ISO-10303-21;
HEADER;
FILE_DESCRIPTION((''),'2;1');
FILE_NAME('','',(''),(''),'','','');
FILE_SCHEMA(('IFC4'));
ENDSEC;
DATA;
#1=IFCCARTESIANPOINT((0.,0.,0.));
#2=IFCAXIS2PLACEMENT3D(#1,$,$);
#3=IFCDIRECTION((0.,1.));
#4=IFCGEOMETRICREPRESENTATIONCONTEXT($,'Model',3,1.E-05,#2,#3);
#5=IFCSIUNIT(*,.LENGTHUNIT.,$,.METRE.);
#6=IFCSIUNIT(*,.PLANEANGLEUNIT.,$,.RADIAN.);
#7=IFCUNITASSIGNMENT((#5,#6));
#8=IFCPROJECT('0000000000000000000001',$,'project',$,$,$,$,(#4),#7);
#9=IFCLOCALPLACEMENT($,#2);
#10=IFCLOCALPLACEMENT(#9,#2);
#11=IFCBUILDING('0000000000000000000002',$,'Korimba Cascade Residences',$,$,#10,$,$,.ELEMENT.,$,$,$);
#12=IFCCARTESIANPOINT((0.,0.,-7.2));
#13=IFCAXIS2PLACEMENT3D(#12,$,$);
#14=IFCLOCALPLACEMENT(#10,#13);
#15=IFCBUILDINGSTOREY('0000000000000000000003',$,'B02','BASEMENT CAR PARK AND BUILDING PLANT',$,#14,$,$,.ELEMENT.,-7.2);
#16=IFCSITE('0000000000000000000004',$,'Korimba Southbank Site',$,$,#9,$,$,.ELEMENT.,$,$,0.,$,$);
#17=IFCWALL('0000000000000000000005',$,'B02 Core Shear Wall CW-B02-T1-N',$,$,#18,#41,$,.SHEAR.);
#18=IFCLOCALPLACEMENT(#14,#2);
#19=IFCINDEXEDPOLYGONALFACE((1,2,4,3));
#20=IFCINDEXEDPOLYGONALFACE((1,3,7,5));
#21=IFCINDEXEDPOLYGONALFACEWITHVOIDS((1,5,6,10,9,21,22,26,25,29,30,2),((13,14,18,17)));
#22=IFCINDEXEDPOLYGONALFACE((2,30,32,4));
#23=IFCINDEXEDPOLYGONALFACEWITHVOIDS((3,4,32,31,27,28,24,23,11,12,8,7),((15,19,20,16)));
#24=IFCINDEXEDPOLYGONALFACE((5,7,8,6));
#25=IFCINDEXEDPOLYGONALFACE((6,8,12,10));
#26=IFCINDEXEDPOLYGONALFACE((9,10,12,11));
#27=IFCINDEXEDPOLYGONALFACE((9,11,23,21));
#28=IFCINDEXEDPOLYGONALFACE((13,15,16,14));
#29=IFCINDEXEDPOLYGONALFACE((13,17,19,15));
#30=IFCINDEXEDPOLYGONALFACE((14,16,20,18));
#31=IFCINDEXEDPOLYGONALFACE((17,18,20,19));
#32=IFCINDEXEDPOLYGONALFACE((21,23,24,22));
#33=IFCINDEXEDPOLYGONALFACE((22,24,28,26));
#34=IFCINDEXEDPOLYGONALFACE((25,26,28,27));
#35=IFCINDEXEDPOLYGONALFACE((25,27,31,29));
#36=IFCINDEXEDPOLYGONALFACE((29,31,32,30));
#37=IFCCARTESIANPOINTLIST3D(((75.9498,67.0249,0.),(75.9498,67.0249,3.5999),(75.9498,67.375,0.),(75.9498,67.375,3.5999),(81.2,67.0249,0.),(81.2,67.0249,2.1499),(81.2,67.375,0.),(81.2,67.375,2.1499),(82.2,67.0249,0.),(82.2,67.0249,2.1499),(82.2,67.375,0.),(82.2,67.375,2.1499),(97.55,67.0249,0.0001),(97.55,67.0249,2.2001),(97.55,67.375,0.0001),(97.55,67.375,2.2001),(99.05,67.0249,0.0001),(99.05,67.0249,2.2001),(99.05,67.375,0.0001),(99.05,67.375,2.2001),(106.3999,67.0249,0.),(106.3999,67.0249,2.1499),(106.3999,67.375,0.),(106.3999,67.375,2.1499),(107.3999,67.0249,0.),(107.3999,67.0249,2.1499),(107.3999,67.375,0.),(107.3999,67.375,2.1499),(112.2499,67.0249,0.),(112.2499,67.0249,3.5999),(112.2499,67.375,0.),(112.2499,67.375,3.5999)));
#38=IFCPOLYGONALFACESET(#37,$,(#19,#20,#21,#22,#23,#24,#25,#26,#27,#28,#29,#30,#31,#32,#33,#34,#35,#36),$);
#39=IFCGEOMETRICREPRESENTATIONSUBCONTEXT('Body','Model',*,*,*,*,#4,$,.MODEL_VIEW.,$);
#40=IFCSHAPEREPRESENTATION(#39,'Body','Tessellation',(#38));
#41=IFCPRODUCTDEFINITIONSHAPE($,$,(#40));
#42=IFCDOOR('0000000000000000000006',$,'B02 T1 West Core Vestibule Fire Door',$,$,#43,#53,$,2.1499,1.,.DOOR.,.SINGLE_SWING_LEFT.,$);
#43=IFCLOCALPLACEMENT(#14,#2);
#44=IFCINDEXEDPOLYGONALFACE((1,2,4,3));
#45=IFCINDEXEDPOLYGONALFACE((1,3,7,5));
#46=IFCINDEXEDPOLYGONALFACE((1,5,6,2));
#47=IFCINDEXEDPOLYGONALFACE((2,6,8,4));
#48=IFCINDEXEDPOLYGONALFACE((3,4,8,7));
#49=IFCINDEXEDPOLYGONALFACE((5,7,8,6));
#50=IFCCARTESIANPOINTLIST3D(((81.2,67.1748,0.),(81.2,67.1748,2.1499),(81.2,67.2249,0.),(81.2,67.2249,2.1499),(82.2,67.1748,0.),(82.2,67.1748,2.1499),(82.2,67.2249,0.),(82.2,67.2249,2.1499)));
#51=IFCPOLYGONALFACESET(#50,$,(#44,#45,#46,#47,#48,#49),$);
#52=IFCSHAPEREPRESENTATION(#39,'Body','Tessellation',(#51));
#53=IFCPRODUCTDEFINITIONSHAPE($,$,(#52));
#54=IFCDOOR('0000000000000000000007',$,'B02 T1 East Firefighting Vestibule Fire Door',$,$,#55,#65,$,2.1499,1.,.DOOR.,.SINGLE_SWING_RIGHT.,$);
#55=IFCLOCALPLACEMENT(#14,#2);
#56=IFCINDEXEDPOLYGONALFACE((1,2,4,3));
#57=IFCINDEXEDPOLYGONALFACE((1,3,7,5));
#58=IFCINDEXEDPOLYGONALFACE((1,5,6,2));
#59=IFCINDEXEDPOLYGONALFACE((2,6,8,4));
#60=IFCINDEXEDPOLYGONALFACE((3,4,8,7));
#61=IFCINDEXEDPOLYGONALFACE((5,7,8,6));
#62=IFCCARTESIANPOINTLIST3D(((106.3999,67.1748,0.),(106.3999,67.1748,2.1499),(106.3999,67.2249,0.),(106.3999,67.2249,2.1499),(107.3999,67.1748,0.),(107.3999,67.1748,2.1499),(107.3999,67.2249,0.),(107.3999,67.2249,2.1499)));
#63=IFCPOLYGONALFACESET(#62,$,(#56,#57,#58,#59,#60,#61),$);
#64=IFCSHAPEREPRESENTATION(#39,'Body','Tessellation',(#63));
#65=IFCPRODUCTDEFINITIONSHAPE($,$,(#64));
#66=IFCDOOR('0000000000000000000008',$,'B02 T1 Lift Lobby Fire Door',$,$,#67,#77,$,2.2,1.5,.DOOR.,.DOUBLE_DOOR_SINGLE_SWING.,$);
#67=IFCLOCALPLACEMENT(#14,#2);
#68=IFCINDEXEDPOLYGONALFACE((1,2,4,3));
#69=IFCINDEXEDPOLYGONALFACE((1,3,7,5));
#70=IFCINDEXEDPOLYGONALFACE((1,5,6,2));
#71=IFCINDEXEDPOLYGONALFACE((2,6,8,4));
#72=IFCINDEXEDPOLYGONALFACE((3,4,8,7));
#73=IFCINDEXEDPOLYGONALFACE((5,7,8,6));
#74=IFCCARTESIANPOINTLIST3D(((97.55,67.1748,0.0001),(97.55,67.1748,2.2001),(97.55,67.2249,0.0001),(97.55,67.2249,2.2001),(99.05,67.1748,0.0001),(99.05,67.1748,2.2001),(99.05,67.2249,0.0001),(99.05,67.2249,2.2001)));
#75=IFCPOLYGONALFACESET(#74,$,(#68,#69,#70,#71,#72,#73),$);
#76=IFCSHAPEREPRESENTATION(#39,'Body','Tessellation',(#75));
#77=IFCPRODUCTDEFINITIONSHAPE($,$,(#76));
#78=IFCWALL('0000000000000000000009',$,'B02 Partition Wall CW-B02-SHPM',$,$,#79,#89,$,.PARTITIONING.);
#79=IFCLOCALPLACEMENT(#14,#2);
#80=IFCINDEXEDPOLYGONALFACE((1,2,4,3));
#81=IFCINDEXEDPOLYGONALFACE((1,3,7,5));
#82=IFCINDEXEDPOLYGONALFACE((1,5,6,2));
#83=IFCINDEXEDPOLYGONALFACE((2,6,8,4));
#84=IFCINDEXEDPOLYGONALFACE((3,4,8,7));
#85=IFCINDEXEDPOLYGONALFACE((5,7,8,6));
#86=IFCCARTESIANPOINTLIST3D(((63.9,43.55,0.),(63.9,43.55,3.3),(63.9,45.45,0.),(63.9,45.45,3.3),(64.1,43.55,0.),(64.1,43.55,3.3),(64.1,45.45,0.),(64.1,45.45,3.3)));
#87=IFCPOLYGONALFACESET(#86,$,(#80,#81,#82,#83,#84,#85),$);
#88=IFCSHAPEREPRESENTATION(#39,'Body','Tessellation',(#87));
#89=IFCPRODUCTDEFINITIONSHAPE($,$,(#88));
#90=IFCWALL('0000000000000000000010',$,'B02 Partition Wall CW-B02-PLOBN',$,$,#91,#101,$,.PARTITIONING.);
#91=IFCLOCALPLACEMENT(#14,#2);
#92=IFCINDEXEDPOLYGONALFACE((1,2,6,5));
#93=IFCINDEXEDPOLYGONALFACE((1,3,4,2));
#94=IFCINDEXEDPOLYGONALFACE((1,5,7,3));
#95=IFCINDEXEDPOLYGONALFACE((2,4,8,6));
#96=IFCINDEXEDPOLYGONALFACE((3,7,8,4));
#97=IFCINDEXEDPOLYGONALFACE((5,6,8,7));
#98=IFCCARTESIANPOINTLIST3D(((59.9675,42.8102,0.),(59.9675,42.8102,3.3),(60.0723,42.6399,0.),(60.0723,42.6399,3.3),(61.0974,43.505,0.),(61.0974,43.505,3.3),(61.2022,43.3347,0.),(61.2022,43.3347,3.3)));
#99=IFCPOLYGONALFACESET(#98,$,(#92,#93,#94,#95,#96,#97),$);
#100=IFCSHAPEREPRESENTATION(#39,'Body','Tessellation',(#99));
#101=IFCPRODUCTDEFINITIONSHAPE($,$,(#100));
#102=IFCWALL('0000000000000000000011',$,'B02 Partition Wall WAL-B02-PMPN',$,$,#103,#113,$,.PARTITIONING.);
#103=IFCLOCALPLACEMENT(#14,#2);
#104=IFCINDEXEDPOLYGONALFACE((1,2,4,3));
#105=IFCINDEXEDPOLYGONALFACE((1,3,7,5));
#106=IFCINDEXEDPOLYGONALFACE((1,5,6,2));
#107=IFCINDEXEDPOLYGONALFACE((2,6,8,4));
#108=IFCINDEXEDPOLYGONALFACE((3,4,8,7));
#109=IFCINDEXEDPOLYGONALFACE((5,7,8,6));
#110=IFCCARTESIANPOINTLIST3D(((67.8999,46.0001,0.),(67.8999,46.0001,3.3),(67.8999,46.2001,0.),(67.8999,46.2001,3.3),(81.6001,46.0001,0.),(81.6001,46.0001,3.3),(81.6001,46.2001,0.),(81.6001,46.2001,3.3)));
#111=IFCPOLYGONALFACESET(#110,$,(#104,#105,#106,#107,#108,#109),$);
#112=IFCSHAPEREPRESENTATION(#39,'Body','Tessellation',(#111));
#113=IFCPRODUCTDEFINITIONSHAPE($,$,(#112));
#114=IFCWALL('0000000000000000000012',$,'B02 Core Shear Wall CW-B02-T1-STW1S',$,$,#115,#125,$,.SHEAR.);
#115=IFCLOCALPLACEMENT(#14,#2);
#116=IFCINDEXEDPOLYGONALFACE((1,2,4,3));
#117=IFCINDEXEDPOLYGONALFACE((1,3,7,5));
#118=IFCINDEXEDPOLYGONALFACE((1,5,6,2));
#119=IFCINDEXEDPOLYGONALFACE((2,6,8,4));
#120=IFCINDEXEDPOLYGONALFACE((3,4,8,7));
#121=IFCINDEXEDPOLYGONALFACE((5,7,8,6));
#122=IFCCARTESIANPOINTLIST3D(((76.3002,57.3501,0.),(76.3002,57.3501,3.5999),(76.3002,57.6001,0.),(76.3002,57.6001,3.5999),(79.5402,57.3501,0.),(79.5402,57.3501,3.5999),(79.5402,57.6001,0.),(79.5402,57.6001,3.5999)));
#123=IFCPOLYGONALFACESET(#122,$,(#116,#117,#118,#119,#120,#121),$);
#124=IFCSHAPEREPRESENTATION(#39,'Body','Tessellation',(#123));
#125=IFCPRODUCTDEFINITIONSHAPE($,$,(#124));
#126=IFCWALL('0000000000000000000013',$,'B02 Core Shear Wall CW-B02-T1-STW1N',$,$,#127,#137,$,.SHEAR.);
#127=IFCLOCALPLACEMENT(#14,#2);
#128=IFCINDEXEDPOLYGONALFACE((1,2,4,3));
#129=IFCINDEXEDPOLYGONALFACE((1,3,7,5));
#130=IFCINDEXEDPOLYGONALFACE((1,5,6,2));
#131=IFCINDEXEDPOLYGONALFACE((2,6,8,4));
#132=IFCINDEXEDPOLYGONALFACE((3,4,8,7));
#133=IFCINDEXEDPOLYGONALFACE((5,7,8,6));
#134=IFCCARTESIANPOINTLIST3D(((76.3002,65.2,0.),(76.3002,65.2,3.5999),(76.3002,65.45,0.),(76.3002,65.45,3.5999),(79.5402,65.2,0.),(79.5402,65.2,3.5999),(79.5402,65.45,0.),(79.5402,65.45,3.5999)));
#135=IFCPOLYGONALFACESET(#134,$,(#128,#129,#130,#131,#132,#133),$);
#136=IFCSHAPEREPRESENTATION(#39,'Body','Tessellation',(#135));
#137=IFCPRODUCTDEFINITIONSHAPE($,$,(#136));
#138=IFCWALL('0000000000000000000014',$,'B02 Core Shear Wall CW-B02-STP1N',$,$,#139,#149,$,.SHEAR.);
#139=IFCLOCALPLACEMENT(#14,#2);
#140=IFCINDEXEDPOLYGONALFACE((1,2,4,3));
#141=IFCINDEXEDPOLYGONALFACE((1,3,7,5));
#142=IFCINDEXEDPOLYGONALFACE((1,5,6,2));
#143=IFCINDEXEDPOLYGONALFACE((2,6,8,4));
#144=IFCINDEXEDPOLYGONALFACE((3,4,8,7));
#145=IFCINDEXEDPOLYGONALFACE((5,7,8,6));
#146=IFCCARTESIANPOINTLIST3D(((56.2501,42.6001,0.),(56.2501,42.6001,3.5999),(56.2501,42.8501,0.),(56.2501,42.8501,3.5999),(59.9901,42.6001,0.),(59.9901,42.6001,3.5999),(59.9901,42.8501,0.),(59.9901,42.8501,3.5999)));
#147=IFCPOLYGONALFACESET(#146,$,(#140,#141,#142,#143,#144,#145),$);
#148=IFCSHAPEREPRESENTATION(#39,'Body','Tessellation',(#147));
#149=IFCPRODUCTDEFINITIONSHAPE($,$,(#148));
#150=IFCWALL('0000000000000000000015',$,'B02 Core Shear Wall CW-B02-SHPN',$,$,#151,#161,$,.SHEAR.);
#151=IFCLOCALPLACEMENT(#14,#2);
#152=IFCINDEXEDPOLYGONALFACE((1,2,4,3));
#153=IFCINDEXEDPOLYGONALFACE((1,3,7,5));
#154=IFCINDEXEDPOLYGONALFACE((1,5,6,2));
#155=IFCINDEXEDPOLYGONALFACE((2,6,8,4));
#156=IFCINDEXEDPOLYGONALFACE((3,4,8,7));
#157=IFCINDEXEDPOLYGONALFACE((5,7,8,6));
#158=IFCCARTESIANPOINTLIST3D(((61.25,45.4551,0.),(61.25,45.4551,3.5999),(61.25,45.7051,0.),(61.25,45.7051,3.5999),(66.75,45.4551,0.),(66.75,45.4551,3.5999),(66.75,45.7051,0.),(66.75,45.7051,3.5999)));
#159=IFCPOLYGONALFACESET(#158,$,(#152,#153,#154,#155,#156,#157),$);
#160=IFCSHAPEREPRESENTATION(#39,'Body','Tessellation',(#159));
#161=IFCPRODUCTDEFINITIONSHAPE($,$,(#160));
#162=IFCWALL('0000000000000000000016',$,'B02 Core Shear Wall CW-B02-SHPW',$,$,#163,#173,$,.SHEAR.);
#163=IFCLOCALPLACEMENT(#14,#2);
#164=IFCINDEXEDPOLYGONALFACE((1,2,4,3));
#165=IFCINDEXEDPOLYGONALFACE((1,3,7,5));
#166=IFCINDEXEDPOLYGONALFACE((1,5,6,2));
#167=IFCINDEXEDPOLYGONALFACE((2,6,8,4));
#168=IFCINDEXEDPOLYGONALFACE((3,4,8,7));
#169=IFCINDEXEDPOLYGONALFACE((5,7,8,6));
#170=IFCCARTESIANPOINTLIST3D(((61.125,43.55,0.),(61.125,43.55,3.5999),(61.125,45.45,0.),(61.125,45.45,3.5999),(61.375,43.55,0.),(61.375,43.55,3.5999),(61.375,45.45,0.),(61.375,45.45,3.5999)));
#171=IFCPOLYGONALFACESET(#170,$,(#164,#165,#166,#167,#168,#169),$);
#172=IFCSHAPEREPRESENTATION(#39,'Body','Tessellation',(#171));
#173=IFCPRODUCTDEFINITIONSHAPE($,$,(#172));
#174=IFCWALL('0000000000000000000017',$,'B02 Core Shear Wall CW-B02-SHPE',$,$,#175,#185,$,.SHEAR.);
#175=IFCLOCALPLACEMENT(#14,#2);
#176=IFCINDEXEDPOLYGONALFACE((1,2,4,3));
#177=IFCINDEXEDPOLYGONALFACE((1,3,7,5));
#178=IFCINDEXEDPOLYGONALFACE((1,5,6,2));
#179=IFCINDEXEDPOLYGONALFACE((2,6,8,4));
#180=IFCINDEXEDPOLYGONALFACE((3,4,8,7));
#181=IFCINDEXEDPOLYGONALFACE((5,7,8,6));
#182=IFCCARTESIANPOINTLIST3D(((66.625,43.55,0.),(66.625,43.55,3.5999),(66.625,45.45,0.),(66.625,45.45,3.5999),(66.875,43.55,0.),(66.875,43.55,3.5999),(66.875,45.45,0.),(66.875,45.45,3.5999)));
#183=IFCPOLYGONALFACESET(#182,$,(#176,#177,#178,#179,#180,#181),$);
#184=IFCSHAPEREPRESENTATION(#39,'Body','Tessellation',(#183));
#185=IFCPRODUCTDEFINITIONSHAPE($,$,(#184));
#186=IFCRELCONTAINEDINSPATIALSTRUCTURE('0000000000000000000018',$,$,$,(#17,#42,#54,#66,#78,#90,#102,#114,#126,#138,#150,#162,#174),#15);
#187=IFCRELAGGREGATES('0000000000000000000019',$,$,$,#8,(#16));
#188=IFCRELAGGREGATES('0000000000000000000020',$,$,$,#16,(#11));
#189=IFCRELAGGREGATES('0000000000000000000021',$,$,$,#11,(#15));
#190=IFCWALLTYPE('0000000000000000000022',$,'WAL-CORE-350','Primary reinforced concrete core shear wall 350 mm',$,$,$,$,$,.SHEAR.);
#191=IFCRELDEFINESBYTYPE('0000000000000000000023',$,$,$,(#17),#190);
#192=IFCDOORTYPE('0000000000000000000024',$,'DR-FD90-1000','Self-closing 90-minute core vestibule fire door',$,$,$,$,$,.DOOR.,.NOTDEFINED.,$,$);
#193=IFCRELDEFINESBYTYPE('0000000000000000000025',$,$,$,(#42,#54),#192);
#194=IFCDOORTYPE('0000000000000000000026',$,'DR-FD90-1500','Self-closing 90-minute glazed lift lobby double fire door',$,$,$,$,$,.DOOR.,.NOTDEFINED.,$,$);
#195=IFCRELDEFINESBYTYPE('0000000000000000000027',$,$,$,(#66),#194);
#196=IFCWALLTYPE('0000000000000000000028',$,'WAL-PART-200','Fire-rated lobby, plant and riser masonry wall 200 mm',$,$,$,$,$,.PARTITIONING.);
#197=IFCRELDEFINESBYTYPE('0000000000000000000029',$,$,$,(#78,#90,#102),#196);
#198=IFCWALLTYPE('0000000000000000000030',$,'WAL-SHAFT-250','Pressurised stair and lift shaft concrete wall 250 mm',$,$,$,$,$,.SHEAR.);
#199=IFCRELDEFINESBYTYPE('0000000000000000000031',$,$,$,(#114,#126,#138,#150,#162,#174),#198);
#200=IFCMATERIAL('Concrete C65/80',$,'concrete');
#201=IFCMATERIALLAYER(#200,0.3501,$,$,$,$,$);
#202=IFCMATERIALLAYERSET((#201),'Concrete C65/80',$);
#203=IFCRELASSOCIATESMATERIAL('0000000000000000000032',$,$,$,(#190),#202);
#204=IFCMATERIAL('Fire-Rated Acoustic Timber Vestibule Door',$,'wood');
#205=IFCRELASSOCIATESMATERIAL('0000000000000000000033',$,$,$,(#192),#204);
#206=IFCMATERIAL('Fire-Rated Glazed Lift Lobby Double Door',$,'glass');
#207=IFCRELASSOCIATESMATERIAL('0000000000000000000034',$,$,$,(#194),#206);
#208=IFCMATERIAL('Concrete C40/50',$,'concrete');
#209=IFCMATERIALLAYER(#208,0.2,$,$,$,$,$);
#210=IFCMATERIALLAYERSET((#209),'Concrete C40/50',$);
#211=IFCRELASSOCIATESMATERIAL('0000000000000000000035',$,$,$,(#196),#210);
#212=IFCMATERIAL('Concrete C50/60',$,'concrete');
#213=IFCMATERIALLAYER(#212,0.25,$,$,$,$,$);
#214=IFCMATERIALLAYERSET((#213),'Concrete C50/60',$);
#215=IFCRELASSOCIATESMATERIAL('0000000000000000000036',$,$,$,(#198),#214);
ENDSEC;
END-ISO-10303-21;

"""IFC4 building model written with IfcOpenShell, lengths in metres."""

from ifc_helpers import new_model, si_unit, direction, frame, frame_2d, origin, place, context, subcontext, project, spatial, rectangle, extrude, material, layer, layer_set, type_object, element, fill, save


model = new_model("IFC4")

# Units and contexts
model_context = context("Model", 3, precision=1e-05, world=origin(), true_north=direction((0.0, 1.0)))
body_context = subcontext(model_context, "Body", "Model", "MODEL_VIEW")
ifc_project = project(units=[si_unit("LENGTHUNIT", "METRE"), si_unit("PLANEANGLEUNIT", "RADIAN")], contexts=[model_context])

# Site, building, storey
site_placement = place(None, origin())
site = spatial("IfcSite", under=ifc_project, at=site_placement, Name="Korimba Southbank Site", CompositionType="ELEMENT", RefElevation=0.0)
building_placement = place(site_placement, origin())
building = spatial("IfcBuilding", under=site, at=building_placement, Name="Korimba Cascade Residences", CompositionType="ELEMENT")
storey_placement = place(building_placement, frame((0.0, 0.0, -7.2)))
storey = spatial("IfcBuildingStorey", under=building, at=storey_placement, Name="B02", Description="BASEMENT CAR PARK AND BUILDING PLANT", CompositionType="ELEMENT", Elevation=-7.2)

# Shared definitions
ifc_material_1 = material(Name="Concrete C65/80", Category="concrete")

# Shared definitions
ifc_material_2 = material(Name="Concrete C50/60", Category="concrete")

# Shared definitions
ifc_layer_1 = layer(ifc_material_1, 0.3501)
ifc_layer_set_1 = layer_set([ifc_layer_1], Name="Concrete C65/80")
wall_type_1 = type_object("IfcWallType", Name="WAL-CORE-350", Description="Primary reinforced concrete core shear wall 350 mm", PredefinedType="SHEAR", material=ifc_layer_set_1)

# Wall, openings, doors
wall_1_placement = place(storey_placement, frame((75.95, 67.2, 0.0), z_axis=(0.0, 0.0, 1.0), x_axis=(1.0, 0.0, 0.0)))
wall_1 = element("IfcWall", 1, at=wall_1_placement, inside=storey, type_object=wall_type_1, Name="B02 Core Shear Wall CW-B02-T1-N", PredefinedType="SHEAR", context=body_context, shape_type="SweptSolid", body=[
    extrude(rectangle(XDim=36.3, YDim=0.3501, at=frame_2d((18.1499, 0.0))), origin(), (0.0, 0.0, 1.0), 3.5999),
])
opening_1_placement = place(wall_1_placement, frame((5.25, 0.0, 0.0)))
opening_1 = element("IfcOpeningElement", 2, at=opening_1_placement, cuts=wall_1, PredefinedType="OPENING", context=body_context, shape_type="SweptSolid", body=[
    extrude(rectangle(XDim=1.0, YDim=2.1499, at=frame_2d((0.5, 1.075))), frame((0.0, 0.1851, 0.0), z_axis=(0.0, -1.0, 0.0), x_axis=(1.0, 0.0, 0.0)), (0.0, 0.0, 1.0), 0.3701),
])
opening_2_placement = place(wall_1_placement, frame((21.6001, 0.0, 0.0)))
opening_2 = element("IfcOpeningElement", 3, at=opening_2_placement, cuts=wall_1, PredefinedType="OPENING", context=body_context, shape_type="SweptSolid", body=[
    extrude(rectangle(XDim=1.5, YDim=2.2, at=frame_2d((0.75, 1.1001))), frame((0.0, 0.1851, 0.0), z_axis=(0.0, -1.0, 0.0), x_axis=(1.0, 0.0, 0.0)), (0.0, 0.0, 1.0), 0.3701),
])
opening_3_placement = place(wall_1_placement, frame((30.45, 0.0, 0.0)))
opening_3 = element("IfcOpeningElement", 4, at=opening_3_placement, cuts=wall_1, PredefinedType="OPENING", context=body_context, shape_type="SweptSolid", body=[
    extrude(rectangle(XDim=1.0, YDim=2.1499, at=frame_2d((0.5, 1.075))), frame((0.0, 0.1851, 0.0), z_axis=(0.0, -1.0, 0.0), x_axis=(1.0, 0.0, 0.0)), (0.0, 0.0, 1.0), 0.3701),
])
ifc_material_3 = material(Name="Fire-Rated Acoustic Timber Vestibule Door", Category="wood")
door_type_1 = type_object("IfcDoorType", Name="DR-FD90-1000", Description="Self-closing 90-minute core vestibule fire door", OperationType="NOTDEFINED", PredefinedType="DOOR", material=ifc_material_3)
door_1_placement = place(opening_1_placement, origin())
door_1 = element("IfcDoor", 5, at=door_1_placement, inside=storey, type_object=door_type_1, Name="B02 T1 West Core Vestibule Fire Door", OperationType="SINGLE_SWING_LEFT", OverallHeight=2.1499, OverallWidth=1.0, PredefinedType="DOOR", context=body_context, shape_type="SweptSolid", body=[
    extrude(rectangle(XDim=1.0, YDim=2.1499, at=frame_2d((0.5, 1.075))), frame((0.0, 0.0249, 0.0), z_axis=(0.0, -1.0, 0.0), x_axis=(1.0, 0.0, 0.0)), (0.0, 0.0, 1.0), 0.05),
])
fill(opening_1, door_1)
door_2_placement = place(opening_3_placement, origin())
door_2 = element("IfcDoor", 6, at=door_2_placement, inside=storey, type_object=door_type_1, Name="B02 T1 East Firefighting Vestibule Fire Door", OperationType="SINGLE_SWING_RIGHT", OverallHeight=2.1499, OverallWidth=1.0, PredefinedType="DOOR", context=body_context, shape_type="SweptSolid", body=[
    extrude(rectangle(XDim=1.0, YDim=2.1499, at=frame_2d((0.5, 1.075))), frame((0.0, 0.0249, 0.0), z_axis=(0.0, -1.0, 0.0), x_axis=(1.0, 0.0, 0.0)), (0.0, 0.0, 1.0), 0.05),
])
fill(opening_3, door_2)
ifc_material_4 = material(Name="Fire-Rated Glazed Lift Lobby Double Door", Category="glass")
door_type_2 = type_object("IfcDoorType", Name="DR-FD90-1500", Description="Self-closing 90-minute glazed lift lobby double fire door", OperationType="NOTDEFINED", PredefinedType="DOOR", material=ifc_material_4)
door_3_placement = place(opening_2_placement, origin())
door_3 = element("IfcDoor", 7, at=door_3_placement, inside=storey, type_object=door_type_2, Name="B02 T1 Lift Lobby Fire Door", OperationType="DOUBLE_DOOR_SINGLE_SWING", OverallHeight=2.2, OverallWidth=1.5, PredefinedType="DOOR", context=body_context, shape_type="SweptSolid", body=[
    extrude(rectangle(XDim=1.5, YDim=2.2, at=frame_2d((0.75, 1.1001))), frame((0.0, 0.0249, 0.0), z_axis=(0.0, -1.0, 0.0), x_axis=(1.0, 0.0, 0.0)), (0.0, 0.0, 1.0), 0.05),
])
fill(opening_2, door_3)

# Walls
ifc_material_5 = material(Name="Concrete C40/50", Category="concrete")
ifc_layer_2 = layer(ifc_material_5, 0.2)
ifc_layer_set_2 = layer_set([ifc_layer_2], Name="Concrete C40/50")
wall_type_2 = type_object("IfcWallType", Name="WAL-PART-200", Description="Fire-rated lobby, plant and riser masonry wall 200 mm", PredefinedType="PARTITIONING", material=ifc_layer_set_2)
wall_2_placement = place(storey_placement, frame((64.0, 43.55, 0.0), z_axis=(0.0, 0.0, 1.0), x_axis=(0.0, 1.0, 0.0)))
element("IfcWall", 8, at=wall_2_placement, inside=storey, type_object=wall_type_2, Name="B02 Partition Wall CW-B02-SHPM", PredefinedType="PARTITIONING", context=body_context, shape_type="SweptSolid", body=[
    extrude(rectangle(XDim=1.8999, YDim=0.2, at=frame_2d((0.95, 0.0))), origin(), (0.0, 0.0, 1.0), 3.3),
])
wall_3_placement = place(storey_placement, frame((60.02, 42.7251, 0.0), z_axis=(0.0, 0.0, 1.0), x_axis=(0.851823, 0.52383, 0.0)))
element("IfcWall", 9, at=wall_3_placement, inside=storey, type_object=wall_type_2, Name="B02 Partition Wall CW-B02-PLOBN", PredefinedType="PARTITIONING", context=body_context, shape_type="SweptSolid", body=[
    extrude(rectangle(XDim=1.3264, YDim=0.2, at=frame_2d((0.6631, 0.0))), origin(), (0.0, 0.0, 1.0), 3.3),
])
wall_4_placement = place(storey_placement, frame((67.8999, 46.1001, 0.0), z_axis=(0.0, 0.0, 1.0), x_axis=(1.0, 0.0, 0.0)))
element("IfcWall", 10, at=wall_4_placement, inside=storey, type_object=wall_type_2, Name="B02 Partition Wall WAL-B02-PMPN", PredefinedType="PARTITIONING", context=body_context, shape_type="SweptSolid", body=[
    extrude(rectangle(XDim=13.7002, YDim=0.2, at=frame_2d((6.8501, 0.0))), origin(), (0.0, 0.0, 1.0), 3.3),
])
ifc_layer_3 = layer(ifc_material_2, 0.25)
ifc_layer_set_3 = layer_set([ifc_layer_3], Name="Concrete C50/60")
wall_type_3 = type_object("IfcWallType", Name="WAL-SHAFT-250", Description="Pressurised stair and lift shaft concrete wall 250 mm", PredefinedType="SHEAR", material=ifc_layer_set_3)
for number, where, z_axis, x_axis, name in (
    (11, (76.3, 57.4751, 0.0), (0.0, 0.0, 1.0), (1.0, 0.0, 0.0), "B02 Core Shear Wall CW-B02-T1-STW1S"),
    (12, (76.3, 65.325, 0.0), (0.0, 0.0, 1.0), (1.0, 0.0, 0.0), "B02 Core Shear Wall CW-B02-T1-STW1N"),
):
    element("IfcWall", number, at=place(storey_placement, frame(where, z_axis=z_axis, x_axis=x_axis)), inside=storey, type_object=wall_type_3, Name=name, PredefinedType="SHEAR", context=body_context, shape_type="SweptSolid", body=[
        extrude(rectangle(XDim=3.24, YDim=0.25, at=frame_2d((1.6201, 0.0))), origin(), (0.0, 0.0, 1.0), 3.5999),
    ])
wall_5_placement = place(storey_placement, frame((56.25, 42.7251, 0.0), z_axis=(0.0, 0.0, 1.0), x_axis=(1.0, 0.0, 0.0)))
element("IfcWall", 13, at=wall_5_placement, inside=storey, type_object=wall_type_3, Name="B02 Core Shear Wall CW-B02-STP1N", PredefinedType="SHEAR", context=body_context, shape_type="SweptSolid", body=[
    extrude(rectangle(XDim=3.74, YDim=0.25, at=frame_2d((1.8701, 0.0))), origin(), (0.0, 0.0, 1.0), 3.5999),
])

# Walls
wall_6_placement = place(storey_placement, frame((61.25, 45.5801, 0.0), z_axis=(0.0, 0.0, 1.0), x_axis=(1.0, 0.0, 0.0)))
element("IfcWall", 14, at=wall_6_placement, inside=storey, type_object=wall_type_3, Name="B02 Core Shear Wall CW-B02-SHPN", PredefinedType="SHEAR", context=body_context, shape_type="SweptSolid", body=[
    extrude(rectangle(XDim=5.5, YDim=0.25, at=frame_2d((2.75, 0.0))), origin(), (0.0, 0.0, 1.0), 3.5999),
])
for number, where, z_axis, x_axis, name in (
    (15, (61.25, 43.55, 0.0), (0.0, 0.0, 1.0), (0.0, 1.0, 0.0), "B02 Core Shear Wall CW-B02-SHPW"),
    (16, (66.75, 43.55, 0.0), (0.0, 0.0, 1.0), (0.0, 1.0, 0.0), "B02 Core Shear Wall CW-B02-SHPE"),
):
    element("IfcWall", number, at=place(storey_placement, frame(where, z_axis=z_axis, x_axis=x_axis)), inside=storey, type_object=wall_type_3, Name=name, PredefinedType="SHEAR", context=body_context, shape_type="SweptSolid", body=[
        extrude(rectangle(XDim=1.8999, YDim=0.25, at=frame_2d((0.95, 0.0))), origin(), (0.0, 0.0, 1.0), 3.5999),
    ])

save(model, "model.ifc")
